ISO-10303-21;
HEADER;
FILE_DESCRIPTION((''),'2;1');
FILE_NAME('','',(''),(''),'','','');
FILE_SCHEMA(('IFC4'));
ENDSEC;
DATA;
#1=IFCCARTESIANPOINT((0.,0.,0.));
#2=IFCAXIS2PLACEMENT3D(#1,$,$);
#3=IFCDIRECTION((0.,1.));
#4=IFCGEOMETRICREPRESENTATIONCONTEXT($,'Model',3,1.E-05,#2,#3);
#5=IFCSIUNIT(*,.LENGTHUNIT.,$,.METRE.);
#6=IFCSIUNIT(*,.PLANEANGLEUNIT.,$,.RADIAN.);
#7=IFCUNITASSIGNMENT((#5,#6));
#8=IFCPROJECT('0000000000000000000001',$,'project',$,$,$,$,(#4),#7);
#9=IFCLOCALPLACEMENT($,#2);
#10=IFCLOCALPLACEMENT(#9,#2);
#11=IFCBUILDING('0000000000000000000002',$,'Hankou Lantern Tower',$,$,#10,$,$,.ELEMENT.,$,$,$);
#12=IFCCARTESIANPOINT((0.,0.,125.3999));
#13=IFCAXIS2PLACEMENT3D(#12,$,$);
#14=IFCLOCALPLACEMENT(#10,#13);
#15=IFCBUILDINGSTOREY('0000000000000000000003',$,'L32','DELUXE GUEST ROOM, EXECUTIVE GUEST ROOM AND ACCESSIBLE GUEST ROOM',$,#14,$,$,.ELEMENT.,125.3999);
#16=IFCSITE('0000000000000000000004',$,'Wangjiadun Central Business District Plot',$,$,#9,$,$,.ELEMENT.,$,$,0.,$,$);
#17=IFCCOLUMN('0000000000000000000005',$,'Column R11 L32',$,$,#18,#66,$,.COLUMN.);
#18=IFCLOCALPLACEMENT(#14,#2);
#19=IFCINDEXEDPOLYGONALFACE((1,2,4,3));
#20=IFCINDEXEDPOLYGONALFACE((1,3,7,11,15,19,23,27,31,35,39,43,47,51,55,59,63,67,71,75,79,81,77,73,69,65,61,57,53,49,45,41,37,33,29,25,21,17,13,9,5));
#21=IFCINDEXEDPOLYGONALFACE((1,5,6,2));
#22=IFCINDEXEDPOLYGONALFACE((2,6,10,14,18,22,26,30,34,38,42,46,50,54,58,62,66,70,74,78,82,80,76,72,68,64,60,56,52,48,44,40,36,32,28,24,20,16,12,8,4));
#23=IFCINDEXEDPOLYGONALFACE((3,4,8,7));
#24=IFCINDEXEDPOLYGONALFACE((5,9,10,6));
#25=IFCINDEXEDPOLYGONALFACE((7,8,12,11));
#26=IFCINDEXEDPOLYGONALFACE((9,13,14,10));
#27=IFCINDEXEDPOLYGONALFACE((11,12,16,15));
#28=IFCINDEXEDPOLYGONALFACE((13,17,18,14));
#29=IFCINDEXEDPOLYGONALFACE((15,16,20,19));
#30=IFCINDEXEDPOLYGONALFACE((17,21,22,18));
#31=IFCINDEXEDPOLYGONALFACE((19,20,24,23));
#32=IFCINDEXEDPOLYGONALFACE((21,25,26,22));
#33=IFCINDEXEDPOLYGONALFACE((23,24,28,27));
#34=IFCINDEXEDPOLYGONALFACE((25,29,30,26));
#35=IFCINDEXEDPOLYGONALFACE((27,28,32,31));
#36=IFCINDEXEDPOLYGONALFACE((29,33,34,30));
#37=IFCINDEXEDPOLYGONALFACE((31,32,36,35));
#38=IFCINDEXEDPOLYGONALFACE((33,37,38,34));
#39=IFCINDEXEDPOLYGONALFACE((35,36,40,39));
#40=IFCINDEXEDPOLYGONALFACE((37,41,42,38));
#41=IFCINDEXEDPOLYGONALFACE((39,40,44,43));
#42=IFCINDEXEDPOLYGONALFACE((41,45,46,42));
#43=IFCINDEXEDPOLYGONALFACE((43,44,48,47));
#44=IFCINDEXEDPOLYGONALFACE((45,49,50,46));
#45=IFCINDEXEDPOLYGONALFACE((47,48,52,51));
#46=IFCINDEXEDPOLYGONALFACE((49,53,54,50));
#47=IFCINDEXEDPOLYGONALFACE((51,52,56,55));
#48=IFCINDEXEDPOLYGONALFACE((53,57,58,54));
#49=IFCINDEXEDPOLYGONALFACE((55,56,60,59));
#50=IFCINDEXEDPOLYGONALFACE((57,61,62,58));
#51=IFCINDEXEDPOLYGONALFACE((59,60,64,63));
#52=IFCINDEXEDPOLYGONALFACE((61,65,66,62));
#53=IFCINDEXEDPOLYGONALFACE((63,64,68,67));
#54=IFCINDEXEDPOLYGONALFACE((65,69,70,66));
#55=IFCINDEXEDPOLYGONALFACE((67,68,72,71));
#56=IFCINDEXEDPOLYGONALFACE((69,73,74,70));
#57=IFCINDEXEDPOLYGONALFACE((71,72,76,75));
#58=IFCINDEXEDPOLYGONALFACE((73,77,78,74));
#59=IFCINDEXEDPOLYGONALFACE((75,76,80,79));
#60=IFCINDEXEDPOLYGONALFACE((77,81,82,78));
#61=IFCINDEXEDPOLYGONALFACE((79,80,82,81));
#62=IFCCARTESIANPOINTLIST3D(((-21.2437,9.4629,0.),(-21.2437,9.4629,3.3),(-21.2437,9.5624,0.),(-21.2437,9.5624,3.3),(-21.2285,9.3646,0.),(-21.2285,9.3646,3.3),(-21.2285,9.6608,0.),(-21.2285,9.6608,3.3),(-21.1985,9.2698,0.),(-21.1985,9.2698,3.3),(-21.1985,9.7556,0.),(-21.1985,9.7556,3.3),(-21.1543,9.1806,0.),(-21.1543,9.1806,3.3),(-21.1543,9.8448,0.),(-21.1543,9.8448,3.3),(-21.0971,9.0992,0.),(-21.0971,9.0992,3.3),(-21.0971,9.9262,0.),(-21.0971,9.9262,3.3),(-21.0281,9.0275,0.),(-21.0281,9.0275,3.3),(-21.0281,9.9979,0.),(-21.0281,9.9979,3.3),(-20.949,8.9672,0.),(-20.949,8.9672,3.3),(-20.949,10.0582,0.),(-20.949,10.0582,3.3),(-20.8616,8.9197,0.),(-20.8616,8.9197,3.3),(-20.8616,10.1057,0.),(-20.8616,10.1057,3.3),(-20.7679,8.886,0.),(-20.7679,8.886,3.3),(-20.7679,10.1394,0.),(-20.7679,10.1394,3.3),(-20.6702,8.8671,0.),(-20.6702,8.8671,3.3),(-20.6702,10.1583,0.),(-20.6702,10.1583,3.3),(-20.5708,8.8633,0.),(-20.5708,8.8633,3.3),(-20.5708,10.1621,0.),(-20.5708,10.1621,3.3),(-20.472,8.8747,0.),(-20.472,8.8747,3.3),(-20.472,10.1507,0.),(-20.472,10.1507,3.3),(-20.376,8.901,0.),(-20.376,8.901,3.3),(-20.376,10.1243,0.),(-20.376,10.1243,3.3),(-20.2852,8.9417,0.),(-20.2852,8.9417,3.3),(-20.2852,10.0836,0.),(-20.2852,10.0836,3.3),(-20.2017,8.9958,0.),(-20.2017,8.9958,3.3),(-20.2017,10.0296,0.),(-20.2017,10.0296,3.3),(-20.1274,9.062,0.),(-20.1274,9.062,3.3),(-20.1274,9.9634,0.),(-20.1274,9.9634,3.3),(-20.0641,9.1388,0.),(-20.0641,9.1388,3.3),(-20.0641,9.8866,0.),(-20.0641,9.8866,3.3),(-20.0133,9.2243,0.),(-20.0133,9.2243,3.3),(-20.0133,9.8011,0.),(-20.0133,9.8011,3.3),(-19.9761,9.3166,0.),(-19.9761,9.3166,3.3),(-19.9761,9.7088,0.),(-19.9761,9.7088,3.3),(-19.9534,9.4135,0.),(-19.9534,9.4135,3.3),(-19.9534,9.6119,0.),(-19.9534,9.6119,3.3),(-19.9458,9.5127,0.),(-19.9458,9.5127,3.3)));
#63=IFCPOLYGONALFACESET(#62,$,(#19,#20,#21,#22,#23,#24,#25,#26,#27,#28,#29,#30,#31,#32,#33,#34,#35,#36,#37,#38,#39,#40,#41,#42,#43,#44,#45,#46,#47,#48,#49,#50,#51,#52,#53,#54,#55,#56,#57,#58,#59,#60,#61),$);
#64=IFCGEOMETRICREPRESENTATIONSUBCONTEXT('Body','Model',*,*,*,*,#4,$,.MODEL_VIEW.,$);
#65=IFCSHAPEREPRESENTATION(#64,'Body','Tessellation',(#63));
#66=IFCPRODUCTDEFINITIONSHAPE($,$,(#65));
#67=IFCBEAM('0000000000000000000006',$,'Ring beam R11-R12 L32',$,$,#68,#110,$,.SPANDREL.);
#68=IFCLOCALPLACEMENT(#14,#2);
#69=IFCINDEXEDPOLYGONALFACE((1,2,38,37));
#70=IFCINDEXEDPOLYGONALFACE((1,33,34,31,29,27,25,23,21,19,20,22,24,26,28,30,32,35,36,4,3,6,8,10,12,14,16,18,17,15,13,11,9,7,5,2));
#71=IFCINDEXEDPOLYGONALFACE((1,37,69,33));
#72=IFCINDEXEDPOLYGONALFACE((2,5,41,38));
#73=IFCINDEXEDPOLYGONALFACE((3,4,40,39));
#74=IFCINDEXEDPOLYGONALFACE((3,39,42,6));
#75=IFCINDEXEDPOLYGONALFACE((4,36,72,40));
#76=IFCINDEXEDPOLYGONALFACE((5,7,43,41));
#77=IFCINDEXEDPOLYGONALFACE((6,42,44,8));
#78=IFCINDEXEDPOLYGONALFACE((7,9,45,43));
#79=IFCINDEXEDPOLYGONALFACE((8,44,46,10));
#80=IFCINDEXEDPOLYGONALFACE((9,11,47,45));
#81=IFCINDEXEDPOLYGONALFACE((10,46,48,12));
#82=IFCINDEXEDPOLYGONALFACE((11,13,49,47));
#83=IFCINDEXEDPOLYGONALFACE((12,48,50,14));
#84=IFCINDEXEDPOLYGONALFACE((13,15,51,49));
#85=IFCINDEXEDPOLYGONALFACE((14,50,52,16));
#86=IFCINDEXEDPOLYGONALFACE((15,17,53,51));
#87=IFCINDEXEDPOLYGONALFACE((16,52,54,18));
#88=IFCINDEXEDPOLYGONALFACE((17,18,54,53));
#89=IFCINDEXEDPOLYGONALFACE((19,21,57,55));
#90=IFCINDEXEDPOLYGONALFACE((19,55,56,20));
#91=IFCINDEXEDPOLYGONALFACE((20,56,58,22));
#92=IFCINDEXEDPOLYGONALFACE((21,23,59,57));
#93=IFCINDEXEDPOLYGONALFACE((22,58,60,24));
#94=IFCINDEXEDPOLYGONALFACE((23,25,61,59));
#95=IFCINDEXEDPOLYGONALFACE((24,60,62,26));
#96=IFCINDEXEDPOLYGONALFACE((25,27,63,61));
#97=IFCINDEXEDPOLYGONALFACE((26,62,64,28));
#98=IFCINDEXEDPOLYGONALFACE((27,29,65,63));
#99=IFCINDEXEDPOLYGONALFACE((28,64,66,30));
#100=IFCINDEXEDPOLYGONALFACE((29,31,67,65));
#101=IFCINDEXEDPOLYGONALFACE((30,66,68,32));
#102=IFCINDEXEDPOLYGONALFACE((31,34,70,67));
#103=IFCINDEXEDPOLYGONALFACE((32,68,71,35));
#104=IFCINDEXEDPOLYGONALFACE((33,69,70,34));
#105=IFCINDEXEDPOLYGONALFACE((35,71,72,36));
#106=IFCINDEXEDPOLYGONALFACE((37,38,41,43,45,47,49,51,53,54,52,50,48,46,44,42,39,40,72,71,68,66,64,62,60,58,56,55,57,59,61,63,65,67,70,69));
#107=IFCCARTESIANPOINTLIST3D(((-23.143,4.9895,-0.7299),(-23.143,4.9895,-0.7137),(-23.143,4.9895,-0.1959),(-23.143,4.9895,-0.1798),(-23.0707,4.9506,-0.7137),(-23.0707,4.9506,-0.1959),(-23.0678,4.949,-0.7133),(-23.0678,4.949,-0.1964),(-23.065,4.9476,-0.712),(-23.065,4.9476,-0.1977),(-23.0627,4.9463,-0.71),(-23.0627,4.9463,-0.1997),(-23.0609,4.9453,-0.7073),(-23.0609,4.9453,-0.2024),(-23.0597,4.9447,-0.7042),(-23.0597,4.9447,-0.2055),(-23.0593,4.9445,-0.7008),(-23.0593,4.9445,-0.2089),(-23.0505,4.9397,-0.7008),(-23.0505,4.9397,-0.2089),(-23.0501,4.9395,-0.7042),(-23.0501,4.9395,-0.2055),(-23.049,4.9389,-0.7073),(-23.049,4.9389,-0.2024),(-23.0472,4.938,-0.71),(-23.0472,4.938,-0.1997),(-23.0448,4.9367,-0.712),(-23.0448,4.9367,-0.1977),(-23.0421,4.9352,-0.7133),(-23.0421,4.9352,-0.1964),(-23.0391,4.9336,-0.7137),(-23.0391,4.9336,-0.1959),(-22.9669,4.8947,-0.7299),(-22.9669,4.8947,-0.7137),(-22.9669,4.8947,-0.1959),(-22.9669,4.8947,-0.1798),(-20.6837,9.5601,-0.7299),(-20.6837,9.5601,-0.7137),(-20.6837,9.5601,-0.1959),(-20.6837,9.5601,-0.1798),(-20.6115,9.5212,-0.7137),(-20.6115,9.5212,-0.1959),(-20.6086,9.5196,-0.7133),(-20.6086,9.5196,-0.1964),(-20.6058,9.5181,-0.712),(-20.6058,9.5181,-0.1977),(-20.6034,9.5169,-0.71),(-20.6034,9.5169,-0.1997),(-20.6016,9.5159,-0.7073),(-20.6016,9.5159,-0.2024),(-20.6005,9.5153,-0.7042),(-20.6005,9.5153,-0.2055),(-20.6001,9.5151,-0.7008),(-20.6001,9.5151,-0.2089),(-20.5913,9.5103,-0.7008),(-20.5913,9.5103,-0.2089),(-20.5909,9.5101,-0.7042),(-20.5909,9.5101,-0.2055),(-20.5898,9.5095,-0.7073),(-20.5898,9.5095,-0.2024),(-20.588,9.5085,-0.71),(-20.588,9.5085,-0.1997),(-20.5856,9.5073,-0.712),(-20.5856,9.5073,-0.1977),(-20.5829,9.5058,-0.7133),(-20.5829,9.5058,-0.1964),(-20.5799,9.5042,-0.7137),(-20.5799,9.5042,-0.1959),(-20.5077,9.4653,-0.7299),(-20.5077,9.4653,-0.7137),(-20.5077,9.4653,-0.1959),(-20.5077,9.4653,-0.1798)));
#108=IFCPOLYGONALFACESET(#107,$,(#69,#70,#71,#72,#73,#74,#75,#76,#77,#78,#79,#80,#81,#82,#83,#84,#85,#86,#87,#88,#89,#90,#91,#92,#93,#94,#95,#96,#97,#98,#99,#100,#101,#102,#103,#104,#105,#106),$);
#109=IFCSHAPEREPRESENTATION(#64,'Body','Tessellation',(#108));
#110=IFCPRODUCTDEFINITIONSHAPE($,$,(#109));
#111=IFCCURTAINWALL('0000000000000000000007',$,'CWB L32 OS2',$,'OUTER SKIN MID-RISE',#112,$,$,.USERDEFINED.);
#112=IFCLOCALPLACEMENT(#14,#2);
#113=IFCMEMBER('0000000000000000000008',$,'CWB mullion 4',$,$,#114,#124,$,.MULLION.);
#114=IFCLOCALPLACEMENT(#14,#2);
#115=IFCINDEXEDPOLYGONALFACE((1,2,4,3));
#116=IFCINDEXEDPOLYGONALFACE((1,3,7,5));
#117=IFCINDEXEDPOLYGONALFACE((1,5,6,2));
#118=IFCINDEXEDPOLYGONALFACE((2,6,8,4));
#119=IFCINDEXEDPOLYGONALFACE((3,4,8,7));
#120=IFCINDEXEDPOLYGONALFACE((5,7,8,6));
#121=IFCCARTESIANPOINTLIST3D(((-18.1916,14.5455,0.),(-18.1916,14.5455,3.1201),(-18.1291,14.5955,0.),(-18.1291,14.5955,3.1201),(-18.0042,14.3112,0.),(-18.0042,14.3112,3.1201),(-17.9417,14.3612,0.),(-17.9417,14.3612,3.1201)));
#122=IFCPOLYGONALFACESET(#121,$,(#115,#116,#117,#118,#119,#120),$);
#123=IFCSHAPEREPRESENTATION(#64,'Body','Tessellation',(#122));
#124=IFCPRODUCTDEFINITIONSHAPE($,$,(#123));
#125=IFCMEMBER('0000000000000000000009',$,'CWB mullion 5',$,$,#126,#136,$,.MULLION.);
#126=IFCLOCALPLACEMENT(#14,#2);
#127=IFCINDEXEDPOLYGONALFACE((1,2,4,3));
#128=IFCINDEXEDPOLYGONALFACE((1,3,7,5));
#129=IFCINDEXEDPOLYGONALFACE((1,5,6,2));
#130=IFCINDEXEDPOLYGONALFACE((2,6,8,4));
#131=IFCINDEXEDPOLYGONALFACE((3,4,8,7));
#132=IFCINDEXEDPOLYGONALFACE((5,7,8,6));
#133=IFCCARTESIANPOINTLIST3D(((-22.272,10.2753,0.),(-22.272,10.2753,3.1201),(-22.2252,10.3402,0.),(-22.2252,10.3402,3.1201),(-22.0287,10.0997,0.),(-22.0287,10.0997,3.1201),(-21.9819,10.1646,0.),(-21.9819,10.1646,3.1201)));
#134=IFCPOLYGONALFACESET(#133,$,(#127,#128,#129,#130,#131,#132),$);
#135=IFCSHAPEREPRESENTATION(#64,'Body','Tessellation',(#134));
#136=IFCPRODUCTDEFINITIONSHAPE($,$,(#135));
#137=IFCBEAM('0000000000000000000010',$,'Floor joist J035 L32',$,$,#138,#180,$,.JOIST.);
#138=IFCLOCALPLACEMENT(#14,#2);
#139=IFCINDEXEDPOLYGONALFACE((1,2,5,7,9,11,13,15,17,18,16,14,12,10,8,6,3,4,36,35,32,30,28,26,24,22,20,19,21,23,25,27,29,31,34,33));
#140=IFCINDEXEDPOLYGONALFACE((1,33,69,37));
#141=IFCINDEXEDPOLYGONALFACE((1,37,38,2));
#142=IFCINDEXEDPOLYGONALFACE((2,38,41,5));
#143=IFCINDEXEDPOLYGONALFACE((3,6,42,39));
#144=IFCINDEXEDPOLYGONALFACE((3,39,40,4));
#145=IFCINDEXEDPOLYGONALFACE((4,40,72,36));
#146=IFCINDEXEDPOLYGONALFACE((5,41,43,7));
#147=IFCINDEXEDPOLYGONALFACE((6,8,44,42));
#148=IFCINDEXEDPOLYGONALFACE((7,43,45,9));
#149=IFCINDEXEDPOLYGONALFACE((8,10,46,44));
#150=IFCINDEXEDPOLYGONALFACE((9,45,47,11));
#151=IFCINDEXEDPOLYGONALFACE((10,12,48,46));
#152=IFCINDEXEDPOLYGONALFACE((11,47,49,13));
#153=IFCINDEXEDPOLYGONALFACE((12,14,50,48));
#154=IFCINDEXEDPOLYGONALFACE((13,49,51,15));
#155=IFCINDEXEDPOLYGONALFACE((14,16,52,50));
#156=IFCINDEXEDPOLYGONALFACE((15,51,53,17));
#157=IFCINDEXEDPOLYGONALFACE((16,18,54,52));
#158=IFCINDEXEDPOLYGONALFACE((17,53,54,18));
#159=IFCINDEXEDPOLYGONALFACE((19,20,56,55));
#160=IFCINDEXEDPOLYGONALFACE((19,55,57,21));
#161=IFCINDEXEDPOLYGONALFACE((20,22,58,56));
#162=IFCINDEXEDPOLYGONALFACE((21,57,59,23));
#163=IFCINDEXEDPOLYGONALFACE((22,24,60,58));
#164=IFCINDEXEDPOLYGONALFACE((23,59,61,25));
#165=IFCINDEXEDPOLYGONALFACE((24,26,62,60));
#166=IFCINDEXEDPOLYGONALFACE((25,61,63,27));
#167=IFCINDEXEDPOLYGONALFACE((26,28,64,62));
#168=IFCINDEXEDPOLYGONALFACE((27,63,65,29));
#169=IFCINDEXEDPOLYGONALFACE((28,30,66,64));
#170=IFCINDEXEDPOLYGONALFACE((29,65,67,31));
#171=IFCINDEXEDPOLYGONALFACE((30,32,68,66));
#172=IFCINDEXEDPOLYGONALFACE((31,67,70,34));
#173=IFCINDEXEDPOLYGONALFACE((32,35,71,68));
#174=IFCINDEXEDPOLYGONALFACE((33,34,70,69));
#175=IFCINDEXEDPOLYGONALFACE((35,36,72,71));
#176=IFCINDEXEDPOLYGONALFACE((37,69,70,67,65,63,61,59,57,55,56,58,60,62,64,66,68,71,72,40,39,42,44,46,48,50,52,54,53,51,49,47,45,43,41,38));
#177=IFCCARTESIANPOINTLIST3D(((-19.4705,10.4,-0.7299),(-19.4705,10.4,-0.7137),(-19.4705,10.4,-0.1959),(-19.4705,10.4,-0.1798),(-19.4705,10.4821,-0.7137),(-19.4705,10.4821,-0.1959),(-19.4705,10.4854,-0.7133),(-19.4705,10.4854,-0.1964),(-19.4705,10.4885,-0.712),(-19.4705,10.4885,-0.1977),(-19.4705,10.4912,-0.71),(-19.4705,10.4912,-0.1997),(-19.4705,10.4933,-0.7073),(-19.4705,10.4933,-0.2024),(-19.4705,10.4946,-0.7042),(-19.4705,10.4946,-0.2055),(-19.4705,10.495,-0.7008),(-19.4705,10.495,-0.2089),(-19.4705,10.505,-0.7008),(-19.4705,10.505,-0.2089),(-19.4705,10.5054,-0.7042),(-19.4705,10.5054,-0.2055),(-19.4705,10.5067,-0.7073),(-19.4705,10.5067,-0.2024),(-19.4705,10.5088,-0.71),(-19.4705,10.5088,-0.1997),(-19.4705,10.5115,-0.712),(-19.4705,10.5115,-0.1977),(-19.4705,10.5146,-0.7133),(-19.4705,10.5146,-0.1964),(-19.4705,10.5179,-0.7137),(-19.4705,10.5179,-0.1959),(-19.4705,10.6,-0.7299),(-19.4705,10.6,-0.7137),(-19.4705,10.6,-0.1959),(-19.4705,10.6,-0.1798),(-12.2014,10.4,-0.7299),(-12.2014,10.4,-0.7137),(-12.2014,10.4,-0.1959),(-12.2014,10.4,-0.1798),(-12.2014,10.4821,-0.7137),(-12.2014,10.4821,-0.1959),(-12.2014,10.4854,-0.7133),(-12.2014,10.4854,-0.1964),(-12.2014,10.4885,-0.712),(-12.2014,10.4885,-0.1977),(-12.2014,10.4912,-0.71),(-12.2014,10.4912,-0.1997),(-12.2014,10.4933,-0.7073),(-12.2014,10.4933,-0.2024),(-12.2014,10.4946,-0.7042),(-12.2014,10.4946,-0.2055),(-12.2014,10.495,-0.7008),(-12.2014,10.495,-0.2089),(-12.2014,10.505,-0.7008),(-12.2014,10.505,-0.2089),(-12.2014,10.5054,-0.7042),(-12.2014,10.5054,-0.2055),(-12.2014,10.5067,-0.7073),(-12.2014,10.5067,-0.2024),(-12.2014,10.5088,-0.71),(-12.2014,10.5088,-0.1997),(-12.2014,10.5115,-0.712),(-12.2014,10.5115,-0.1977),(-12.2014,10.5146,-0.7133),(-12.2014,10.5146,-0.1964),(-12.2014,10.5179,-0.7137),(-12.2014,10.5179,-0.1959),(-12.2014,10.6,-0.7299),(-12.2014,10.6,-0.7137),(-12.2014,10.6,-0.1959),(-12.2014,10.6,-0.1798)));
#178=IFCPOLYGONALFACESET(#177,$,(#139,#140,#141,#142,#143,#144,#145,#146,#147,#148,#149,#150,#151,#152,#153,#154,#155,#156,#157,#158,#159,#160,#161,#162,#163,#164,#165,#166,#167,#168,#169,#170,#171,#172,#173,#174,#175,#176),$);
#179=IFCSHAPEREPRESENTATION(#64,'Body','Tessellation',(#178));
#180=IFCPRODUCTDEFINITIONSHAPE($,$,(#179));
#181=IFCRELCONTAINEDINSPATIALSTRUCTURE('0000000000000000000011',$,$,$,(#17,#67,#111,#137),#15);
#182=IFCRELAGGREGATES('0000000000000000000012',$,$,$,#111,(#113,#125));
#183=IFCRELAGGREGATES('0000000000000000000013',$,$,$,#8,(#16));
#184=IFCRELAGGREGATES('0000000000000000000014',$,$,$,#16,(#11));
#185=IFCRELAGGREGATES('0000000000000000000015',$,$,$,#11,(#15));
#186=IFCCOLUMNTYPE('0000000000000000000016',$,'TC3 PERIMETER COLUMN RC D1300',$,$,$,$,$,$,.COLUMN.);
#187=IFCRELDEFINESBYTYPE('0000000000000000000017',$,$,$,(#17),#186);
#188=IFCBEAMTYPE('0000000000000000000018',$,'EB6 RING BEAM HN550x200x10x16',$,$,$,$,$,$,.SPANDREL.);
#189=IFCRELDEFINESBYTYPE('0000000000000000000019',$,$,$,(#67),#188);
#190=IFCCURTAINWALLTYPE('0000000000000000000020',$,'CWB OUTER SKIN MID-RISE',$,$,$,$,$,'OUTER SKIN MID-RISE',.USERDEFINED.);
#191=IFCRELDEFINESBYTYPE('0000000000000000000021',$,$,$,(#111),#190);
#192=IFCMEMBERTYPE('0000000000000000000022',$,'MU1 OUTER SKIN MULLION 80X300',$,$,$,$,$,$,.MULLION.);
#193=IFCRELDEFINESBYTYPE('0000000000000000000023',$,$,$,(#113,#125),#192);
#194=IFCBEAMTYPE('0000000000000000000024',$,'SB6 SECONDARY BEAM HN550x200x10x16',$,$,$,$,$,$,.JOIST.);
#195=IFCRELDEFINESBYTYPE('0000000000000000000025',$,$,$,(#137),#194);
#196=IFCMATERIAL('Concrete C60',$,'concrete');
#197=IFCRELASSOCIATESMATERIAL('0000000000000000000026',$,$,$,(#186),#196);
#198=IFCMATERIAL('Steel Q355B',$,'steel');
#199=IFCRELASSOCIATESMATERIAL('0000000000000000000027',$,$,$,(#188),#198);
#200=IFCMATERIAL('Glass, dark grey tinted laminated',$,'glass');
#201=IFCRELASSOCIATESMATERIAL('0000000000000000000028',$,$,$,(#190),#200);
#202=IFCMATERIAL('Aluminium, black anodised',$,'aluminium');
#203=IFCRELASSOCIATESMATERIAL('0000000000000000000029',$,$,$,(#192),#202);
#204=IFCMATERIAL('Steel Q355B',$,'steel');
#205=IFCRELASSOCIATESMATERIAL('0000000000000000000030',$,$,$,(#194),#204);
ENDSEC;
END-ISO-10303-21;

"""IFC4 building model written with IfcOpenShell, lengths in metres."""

from ifc_helpers import new_model, si_unit, direction, frame, origin, origin_2d, place, context, subcontext, project, spatial, rectangle, circle, i_section, extrude, material, material_profile, profile_set, type_object, element, aggregate, save


model = new_model("IFC4")

# Units and contexts
model_context = context("Model", 3, precision=1e-05, world=origin(), true_north=direction((0.0, 1.0)))
body_context = subcontext(model_context, "Body", "Model", "MODEL_VIEW")
ifc_project = project(units=[si_unit("LENGTHUNIT", "METRE"), si_unit("PLANEANGLEUNIT", "RADIAN")], contexts=[model_context])

# Site, building, storey
site_placement = place(None, origin())
site = spatial("IfcSite", under=ifc_project, at=site_placement, Name="Wangjiadun Central Business District Plot", CompositionType="ELEMENT", RefElevation=0.0)
building_placement = place(site_placement, origin())
building = spatial("IfcBuilding", under=site, at=building_placement, Name="Hankou Lantern Tower", CompositionType="ELEMENT")
storey_placement = place(building_placement, frame((0.0, 0.0, 125.3999)))
storey = spatial("IfcBuildingStorey", under=building, at=storey_placement, Name="L32", Description="DELUXE GUEST ROOM, EXECUTIVE GUEST ROOM AND ACCESSIBLE GUEST ROOM", CompositionType="ELEMENT", Elevation=125.3999)

# Column
ifc_material_1 = material(Name="Concrete C60", Category="concrete")
ifc_material_profile_1 = material_profile(ifc_material_1, circle(Radius=0.6499, at=origin_2d()), Name="RC D1300")
ifc_profile_set_1 = profile_set([ifc_material_profile_1], Name="Concrete C60")
column_type = type_object("IfcColumnType", Name="TC3 PERIMETER COLUMN RC D1300", PredefinedType="COLUMN", material=ifc_profile_set_1)
column_placement = place(storey_placement, frame((-20.5957, 9.5127, 0.0), z_axis=(0.0, 0.0, 1.0), x_axis=(1.0, 0.0, 0.0)))
element("IfcColumn", 1, at=column_placement, inside=storey, type_object=column_type, Name="Column R11 L32", PredefinedType="COLUMN", context=body_context, shape_type="SweptSolid", body=[
    extrude(circle(Radius=0.6499, at=origin_2d()), origin(), (0.0, 0.0, 1.0), 3.3),
])

# Beam
ifc_material_2 = material(Name="Steel Q355B", Category="steel")
ifc_material_profile_2 = material_profile(ifc_material_2, i_section(OverallWidth=0.2, OverallDepth=0.55, WebThickness=0.01, FlangeThickness=0.0161, FilletRadius=0.0129, at=origin_2d()), Name="HN550x200x10x16")
ifc_profile_set_2 = profile_set([ifc_material_profile_2], Name="Steel Q355B")
beam_type_1 = type_object("IfcBeamType", Name="EB6 RING BEAM HN550x200x10x16", PredefinedType="SPANDREL", material=ifc_profile_set_2)
beam_1_placement = place(storey_placement, frame((-20.5957, 9.5127, -0.4548), z_axis=(-0.473825, -0.880619, 0.0), x_axis=(0.880619, -0.473825, 0.0)))
element("IfcBeam", 2, at=beam_1_placement, inside=storey, type_object=beam_type_1, Name="Ring beam R11-R12 L32", PredefinedType="SPANDREL", context=body_context, shape_type="SweptSolid", body=[
    extrude(i_section(OverallWidth=0.2, OverallDepth=0.55, WebThickness=0.01, FlangeThickness=0.0161, FilletRadius=0.0129, at=origin_2d()), origin(), (0.0, 0.0, 1.0), 5.1902),
])

# Curtain wall, members
ifc_material_3 = material(Name="Glass, dark grey tinted laminated", Category="glass")
curtain_wall_type = type_object("IfcCurtainWallType", Name="CWB OUTER SKIN MID-RISE", ElementType="OUTER SKIN MID-RISE", PredefinedType="USERDEFINED", material=ifc_material_3)
curtain_wall_placement = place(storey_placement, origin())
curtain_wall = element("IfcCurtainWall", 3, at=curtain_wall_placement, inside=storey, type_object=curtain_wall_type, Name="CWB L32 OS2", ObjectType="OUTER SKIN MID-RISE", PredefinedType="USERDEFINED")
ifc_material_4 = material(Name="Aluminium, black anodised", Category="aluminium")
ifc_material_profile_3 = material_profile(ifc_material_4, rectangle(XDim=0.0801, YDim=0.3, at=origin_2d()), Name="MU1 80X300")
ifc_profile_set_3 = profile_set([ifc_material_profile_3], Name="Aluminium, black anodised")
member_type_1 = type_object("IfcMemberType", Name="MU1 OUTER SKIN MULLION 80X300", PredefinedType="MULLION", material=ifc_profile_set_3)
member_1_placement = place(storey_placement, frame((-18.0667, 14.4534, 0.0), z_axis=(0.0, 0.0, 1.0), x_axis=(-0.780869, -0.624695, 0.0)))
member_1 = element("IfcMember", 4, at=member_1_placement, type_object=member_type_1, Name="CWB mullion 4", PredefinedType="MULLION", context=body_context, shape_type="SweptSolid", body=[
    extrude(rectangle(XDim=0.0801, YDim=0.3, at=origin_2d()), origin(), (0.0, 0.0, 1.0), 3.1201),
])
member_2_placement = place(storey_placement, frame((-22.127, 10.22, 0.0), z_axis=(0.0, 0.0, 1.0), x_axis=(-0.585206, -0.810885, 0.0)))
member_2 = element("IfcMember", 5, at=member_2_placement, type_object=member_type_1, Name="CWB mullion 5", PredefinedType="MULLION", context=body_context, shape_type="SweptSolid", body=[
    extrude(rectangle(XDim=0.0801, YDim=0.3, at=origin_2d()), origin(), (0.0, 0.0, 1.0), 3.1201),
])

# Beam
ifc_material_5 = material(Name="Steel Q355B", Category="steel")
ifc_material_profile_4 = material_profile(ifc_material_5, i_section(OverallWidth=0.2, OverallDepth=0.55, WebThickness=0.01, FlangeThickness=0.0161, FilletRadius=0.0129, at=origin_2d()), Name="HN550x200x10x16")
ifc_profile_set_4 = profile_set([ifc_material_profile_4], Name="Steel Q355B")
beam_type_2 = type_object("IfcBeamType", Name="SB6 SECONDARY BEAM HN550x200x10x16", PredefinedType="JOIST", material=ifc_profile_set_4)
beam_2_placement = place(storey_placement, frame((-19.4705, 10.5, -0.4548), z_axis=(1.0, 0.0, 0.0), x_axis=(0.0, 1.0, 0.0)))
element("IfcBeam", 6, at=beam_2_placement, inside=storey, type_object=beam_type_2, Name="Floor joist J035 L32", PredefinedType="JOIST", context=body_context, shape_type="SweptSolid", body=[
    extrude(i_section(OverallWidth=0.2, OverallDepth=0.55, WebThickness=0.01, FlangeThickness=0.0161, FilletRadius=0.0129, at=origin_2d()), origin(), (0.0, 0.0, 1.0), 7.269),
])

aggregate(curtain_wall, [member_1, member_2])

save(model, "model.ifc")
